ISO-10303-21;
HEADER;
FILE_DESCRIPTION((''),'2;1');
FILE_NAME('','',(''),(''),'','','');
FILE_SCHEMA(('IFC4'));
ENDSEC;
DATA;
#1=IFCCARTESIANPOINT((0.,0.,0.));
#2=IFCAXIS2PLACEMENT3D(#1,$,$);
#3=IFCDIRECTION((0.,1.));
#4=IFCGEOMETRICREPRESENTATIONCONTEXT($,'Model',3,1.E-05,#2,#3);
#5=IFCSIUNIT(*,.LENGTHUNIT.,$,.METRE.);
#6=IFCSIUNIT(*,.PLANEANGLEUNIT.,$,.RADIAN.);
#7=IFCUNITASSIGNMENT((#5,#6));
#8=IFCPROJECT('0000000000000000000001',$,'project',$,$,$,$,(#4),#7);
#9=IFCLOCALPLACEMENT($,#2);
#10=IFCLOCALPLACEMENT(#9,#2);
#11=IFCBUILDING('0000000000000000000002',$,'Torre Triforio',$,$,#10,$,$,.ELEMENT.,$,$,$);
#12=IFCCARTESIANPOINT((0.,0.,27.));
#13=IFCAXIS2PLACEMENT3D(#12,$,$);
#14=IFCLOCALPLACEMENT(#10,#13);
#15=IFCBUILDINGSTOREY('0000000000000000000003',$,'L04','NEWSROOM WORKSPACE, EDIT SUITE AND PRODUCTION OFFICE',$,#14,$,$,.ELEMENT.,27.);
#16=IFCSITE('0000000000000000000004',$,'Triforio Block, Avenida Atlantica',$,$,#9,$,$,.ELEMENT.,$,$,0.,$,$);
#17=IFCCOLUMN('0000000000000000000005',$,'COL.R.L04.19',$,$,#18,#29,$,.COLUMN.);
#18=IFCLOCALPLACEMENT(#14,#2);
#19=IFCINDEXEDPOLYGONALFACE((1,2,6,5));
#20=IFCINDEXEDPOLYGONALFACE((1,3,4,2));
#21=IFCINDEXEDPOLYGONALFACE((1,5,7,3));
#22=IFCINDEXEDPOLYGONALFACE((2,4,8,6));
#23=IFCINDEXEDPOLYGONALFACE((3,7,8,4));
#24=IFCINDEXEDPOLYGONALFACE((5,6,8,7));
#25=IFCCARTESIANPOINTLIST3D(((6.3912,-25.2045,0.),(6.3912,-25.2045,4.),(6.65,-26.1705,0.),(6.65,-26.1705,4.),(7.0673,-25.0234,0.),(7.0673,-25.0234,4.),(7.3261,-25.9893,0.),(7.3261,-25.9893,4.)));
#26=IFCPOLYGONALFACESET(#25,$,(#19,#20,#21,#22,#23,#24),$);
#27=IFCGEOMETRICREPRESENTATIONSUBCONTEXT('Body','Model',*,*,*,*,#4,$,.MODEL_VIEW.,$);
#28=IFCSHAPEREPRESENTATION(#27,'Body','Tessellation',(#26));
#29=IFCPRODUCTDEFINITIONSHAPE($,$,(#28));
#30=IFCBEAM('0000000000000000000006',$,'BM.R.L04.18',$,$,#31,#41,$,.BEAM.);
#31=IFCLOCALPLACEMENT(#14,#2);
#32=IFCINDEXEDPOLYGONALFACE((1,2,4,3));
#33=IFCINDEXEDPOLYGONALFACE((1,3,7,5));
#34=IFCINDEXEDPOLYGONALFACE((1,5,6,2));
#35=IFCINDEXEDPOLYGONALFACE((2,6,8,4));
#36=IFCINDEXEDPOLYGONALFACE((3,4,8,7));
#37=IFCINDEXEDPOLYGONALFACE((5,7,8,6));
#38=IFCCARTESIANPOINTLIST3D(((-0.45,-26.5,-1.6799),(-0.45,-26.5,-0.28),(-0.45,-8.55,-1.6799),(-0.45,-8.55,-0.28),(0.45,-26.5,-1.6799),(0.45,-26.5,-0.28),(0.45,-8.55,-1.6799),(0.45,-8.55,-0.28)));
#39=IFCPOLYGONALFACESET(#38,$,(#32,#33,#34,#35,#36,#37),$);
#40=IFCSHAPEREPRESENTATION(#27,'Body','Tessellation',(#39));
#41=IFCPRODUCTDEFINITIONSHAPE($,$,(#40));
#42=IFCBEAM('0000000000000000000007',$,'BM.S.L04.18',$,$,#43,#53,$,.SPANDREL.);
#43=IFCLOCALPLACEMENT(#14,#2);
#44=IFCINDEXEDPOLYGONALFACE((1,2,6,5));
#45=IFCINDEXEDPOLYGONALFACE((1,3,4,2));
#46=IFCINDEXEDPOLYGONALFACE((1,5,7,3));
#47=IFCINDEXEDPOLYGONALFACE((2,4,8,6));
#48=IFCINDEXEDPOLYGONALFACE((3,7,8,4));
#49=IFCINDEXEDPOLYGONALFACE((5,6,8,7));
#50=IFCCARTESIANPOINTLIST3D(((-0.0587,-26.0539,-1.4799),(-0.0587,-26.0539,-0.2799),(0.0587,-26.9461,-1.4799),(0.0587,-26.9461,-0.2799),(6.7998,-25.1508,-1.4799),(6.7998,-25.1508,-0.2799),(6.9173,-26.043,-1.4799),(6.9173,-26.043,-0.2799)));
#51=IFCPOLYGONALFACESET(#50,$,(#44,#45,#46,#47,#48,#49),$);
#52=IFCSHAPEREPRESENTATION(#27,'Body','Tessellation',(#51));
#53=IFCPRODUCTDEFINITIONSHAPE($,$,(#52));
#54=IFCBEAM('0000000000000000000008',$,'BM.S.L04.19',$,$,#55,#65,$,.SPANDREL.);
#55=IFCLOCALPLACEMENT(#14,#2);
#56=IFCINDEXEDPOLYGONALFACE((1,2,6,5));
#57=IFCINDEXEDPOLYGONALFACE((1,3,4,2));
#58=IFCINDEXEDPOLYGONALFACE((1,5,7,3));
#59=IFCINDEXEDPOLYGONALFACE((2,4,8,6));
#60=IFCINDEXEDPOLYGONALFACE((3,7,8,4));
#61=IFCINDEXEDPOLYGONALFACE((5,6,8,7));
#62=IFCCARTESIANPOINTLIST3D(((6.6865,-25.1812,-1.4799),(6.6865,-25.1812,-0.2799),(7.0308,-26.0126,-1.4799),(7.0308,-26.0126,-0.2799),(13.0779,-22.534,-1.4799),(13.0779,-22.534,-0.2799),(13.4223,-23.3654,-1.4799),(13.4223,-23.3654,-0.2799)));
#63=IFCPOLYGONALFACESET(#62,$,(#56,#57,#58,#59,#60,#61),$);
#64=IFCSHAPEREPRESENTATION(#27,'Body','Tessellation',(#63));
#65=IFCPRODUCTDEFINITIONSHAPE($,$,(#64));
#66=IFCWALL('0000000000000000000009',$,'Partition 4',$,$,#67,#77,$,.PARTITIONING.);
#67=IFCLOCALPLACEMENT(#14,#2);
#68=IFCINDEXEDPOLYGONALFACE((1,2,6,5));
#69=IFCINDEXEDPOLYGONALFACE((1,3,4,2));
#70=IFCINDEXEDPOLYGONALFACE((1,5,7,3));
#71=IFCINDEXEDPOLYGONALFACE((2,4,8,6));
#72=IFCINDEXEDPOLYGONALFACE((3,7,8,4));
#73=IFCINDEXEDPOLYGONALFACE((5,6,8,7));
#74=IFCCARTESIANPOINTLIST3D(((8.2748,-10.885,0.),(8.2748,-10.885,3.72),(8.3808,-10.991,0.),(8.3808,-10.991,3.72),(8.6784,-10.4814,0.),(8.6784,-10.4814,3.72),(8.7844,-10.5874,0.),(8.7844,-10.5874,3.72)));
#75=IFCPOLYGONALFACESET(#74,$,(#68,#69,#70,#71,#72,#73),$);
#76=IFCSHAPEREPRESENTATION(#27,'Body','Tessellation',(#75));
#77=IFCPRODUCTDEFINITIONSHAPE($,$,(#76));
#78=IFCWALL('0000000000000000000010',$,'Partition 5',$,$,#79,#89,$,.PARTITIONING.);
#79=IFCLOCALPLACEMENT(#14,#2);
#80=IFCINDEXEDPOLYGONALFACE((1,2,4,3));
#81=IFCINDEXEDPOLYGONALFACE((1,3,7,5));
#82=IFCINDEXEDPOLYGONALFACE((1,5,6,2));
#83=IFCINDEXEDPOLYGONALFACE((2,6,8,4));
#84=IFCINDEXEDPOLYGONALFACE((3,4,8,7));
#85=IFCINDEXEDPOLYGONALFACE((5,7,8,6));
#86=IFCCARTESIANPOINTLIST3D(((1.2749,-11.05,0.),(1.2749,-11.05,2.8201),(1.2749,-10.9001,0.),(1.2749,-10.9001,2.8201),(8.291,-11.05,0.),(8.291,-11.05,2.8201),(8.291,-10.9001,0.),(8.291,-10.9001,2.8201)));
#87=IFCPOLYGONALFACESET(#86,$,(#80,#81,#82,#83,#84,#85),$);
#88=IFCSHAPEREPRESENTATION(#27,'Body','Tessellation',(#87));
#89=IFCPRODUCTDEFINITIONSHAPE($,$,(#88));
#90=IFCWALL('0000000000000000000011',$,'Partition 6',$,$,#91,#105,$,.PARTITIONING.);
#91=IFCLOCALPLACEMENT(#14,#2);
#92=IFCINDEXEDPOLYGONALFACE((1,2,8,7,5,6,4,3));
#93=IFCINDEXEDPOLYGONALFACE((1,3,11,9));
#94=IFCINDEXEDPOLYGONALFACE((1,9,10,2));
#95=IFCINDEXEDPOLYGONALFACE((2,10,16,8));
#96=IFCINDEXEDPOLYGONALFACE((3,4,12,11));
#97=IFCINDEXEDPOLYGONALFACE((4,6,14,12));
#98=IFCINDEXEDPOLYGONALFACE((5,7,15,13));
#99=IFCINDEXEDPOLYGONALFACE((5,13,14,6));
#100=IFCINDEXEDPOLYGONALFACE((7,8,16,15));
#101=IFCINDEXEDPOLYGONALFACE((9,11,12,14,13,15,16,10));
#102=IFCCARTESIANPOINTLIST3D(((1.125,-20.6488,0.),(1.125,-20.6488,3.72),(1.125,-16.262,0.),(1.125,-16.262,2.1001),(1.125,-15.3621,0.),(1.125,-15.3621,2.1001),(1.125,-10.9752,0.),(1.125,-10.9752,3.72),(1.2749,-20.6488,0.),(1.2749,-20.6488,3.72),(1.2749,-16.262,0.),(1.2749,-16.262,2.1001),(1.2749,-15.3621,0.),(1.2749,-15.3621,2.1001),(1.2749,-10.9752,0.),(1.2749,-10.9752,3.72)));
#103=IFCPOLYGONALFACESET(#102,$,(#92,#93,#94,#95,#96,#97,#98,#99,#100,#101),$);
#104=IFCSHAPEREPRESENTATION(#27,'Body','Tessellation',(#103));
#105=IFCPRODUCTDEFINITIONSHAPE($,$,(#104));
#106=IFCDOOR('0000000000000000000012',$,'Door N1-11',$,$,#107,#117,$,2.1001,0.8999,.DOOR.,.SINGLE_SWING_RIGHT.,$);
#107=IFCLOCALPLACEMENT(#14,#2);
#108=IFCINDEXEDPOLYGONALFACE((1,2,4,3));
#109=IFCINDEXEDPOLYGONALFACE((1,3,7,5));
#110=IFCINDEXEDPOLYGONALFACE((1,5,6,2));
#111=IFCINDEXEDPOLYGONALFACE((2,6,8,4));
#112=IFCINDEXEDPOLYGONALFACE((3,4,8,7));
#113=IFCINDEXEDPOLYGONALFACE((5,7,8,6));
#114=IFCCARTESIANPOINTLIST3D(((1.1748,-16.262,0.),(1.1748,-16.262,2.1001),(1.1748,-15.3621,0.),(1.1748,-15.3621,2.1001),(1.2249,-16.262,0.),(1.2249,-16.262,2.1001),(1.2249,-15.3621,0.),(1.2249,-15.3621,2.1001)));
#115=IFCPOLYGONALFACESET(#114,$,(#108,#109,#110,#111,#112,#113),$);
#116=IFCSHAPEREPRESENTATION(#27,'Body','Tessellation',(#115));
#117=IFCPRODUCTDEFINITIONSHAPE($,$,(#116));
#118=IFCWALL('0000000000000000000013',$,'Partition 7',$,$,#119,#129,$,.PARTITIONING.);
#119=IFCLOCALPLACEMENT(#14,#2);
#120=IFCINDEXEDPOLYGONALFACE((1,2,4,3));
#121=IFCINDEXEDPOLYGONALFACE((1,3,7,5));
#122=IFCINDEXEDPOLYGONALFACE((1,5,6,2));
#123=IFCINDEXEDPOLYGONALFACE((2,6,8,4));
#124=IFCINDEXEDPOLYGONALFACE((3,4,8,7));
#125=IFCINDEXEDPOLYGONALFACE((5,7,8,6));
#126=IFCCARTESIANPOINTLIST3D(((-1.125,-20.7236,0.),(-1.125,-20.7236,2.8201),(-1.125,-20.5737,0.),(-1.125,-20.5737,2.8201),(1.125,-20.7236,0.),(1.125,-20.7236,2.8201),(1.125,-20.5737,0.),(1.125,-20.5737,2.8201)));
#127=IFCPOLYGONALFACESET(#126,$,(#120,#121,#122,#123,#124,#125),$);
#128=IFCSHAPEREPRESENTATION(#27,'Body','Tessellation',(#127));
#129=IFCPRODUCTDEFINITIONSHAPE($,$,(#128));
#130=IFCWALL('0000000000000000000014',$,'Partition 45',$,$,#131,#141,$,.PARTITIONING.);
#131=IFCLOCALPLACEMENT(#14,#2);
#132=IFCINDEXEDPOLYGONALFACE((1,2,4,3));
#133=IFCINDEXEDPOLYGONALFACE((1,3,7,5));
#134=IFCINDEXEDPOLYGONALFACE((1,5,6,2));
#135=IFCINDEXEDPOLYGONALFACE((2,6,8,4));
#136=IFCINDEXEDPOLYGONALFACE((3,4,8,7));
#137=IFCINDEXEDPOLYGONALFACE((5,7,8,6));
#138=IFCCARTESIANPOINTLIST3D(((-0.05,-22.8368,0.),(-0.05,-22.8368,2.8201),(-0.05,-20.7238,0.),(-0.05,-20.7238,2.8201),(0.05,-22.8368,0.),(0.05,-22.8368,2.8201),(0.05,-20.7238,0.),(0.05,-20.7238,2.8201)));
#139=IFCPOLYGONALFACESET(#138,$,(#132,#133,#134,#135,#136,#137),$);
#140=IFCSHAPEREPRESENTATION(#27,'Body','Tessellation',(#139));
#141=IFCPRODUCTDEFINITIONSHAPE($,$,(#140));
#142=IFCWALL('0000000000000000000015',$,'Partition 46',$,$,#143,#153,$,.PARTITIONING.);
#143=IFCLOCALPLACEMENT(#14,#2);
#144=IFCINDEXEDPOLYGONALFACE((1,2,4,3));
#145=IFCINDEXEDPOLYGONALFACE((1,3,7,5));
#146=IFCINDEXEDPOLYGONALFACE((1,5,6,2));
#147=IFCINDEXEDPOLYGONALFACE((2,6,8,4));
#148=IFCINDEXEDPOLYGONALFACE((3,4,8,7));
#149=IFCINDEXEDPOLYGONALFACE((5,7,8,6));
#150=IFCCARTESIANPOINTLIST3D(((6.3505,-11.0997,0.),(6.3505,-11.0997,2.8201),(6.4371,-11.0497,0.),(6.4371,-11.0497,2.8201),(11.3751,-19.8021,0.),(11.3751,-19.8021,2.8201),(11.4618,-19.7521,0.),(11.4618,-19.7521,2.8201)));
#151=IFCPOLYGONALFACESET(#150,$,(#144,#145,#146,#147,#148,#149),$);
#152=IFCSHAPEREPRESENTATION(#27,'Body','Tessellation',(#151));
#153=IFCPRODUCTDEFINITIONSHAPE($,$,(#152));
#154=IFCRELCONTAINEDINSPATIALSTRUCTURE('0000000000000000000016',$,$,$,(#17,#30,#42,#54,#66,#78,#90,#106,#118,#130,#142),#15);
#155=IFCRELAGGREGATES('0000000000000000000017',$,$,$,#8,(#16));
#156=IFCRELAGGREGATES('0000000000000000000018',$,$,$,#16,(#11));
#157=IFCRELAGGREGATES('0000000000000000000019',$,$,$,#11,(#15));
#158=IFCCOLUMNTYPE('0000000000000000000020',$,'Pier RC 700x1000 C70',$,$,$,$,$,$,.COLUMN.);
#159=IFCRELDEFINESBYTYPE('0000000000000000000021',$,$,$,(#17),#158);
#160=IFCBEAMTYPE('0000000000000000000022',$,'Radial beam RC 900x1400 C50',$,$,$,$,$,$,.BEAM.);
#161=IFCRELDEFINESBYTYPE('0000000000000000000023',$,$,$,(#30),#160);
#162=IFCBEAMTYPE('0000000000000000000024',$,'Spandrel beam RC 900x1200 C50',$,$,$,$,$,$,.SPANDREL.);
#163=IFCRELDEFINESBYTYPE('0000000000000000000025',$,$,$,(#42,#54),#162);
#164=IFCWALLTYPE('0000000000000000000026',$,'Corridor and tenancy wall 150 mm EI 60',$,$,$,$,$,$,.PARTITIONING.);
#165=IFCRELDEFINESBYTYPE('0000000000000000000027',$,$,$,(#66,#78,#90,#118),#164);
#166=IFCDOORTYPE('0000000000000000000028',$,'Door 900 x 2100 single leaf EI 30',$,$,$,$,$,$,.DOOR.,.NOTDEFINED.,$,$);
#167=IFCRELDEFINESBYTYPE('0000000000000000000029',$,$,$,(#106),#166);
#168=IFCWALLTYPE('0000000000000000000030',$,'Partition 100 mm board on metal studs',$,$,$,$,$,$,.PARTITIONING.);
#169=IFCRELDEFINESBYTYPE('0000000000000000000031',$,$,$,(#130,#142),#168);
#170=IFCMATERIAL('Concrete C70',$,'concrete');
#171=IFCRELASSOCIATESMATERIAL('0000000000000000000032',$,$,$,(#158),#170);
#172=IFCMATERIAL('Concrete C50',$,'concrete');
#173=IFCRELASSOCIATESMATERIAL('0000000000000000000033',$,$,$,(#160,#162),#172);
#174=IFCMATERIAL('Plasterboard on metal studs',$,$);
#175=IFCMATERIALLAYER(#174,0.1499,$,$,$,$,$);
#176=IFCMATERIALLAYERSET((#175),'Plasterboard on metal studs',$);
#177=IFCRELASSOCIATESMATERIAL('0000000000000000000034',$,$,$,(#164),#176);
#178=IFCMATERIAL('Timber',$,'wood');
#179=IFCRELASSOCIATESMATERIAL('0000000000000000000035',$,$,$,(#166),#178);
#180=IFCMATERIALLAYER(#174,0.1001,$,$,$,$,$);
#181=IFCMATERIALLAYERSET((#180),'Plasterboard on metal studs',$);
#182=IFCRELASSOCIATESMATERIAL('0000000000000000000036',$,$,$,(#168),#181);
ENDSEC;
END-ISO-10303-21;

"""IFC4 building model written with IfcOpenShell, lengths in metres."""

from ifc_helpers import new_model, si_unit, direction, frame, frame_2d, origin, origin_2d, place, context, subcontext, project, spatial, rectangle, extrude, material, layer, layer_set, material_profile, profile_set, type_object, element, fill, save


model = new_model("IFC4")

# Units and contexts
model_context = context("Model", 3, precision=1e-05, world=origin(), true_north=direction((0.0, 1.0)))
body_context = subcontext(model_context, "Body", "Model", "MODEL_VIEW")
ifc_project = project(units=[si_unit("LENGTHUNIT", "METRE"), si_unit("PLANEANGLEUNIT", "RADIAN")], contexts=[model_context])

# Site, building, storey
site_placement = place(None, origin())
site = spatial("IfcSite", under=ifc_project, at=site_placement, Name="Triforio Block, Avenida Atlantica", CompositionType="ELEMENT", RefElevation=0.0)
building_placement = place(site_placement, origin())
building = spatial("IfcBuilding", under=site, at=building_placement, Name="Torre Triforio", CompositionType="ELEMENT")
storey_placement = place(building_placement, frame((0.0, 0.0, 27.0)))
storey = spatial("IfcBuildingStorey", under=building, at=storey_placement, Name="L04", Description="NEWSROOM WORKSPACE, EDIT SUITE AND PRODUCTION OFFICE", CompositionType="ELEMENT", Elevation=27.0)

# Column
ifc_material_1 = material(Name="Concrete C70", Category="concrete")
ifc_material_profile_1 = material_profile(ifc_material_1, rectangle(XDim=0.7, YDim=1.0, at=origin_2d()), Name="RC 700x1000")
ifc_profile_set_1 = profile_set([ifc_material_profile_1], Name="Concrete C70")
column_type = type_object("IfcColumnType", Name="Pier RC 700x1000 C70", PredefinedType="COLUMN", material=ifc_profile_set_1)
column_placement = place(storey_placement, frame((6.8586, -25.5969, 0.0), z_axis=(0.0, 0.0, 1.0), x_axis=(0.965926, 0.258819, 0.0)))
element("IfcColumn", 1, at=column_placement, inside=storey, type_object=column_type, Name="COL.R.L04.19", PredefinedType="COLUMN", context=body_context, shape_type="SweptSolid", body=[
    extrude(rectangle(XDim=0.7, YDim=1.0, at=origin_2d()), origin(), (0.0, 0.0, 1.0), 4.0),
])

# Beams
ifc_material_2 = material(Name="Concrete C50", Category="concrete")
ifc_material_profile_2 = material_profile(ifc_material_2, rectangle(XDim=0.8999, YDim=1.3999, at=origin_2d()), Name="RC 900x1400")
ifc_profile_set_2 = profile_set([ifc_material_profile_2], Name="Concrete C50")
beam_type_1 = type_object("IfcBeamType", Name="Radial beam RC 900x1400 C50", PredefinedType="BEAM", material=ifc_profile_set_2)
beam_1_placement = place(storey_placement, frame((0.0, -8.55, -0.98), z_axis=(0.0, -1.0, 0.0), x_axis=(1.0, 0.0, 0.0)))
element("IfcBeam", 2, at=beam_1_placement, inside=storey, type_object=beam_type_1, Name="BM.R.L04.18", PredefinedType="BEAM", context=body_context, shape_type="SweptSolid", body=[
    extrude(rectangle(XDim=0.8999, YDim=1.3999, at=origin_2d()), origin(), (0.0, 0.0, 1.0), 17.95),
])
ifc_material_profile_3 = material_profile(ifc_material_2, rectangle(XDim=0.8999, YDim=1.2, at=origin_2d()), Name="RC 900x1200")
ifc_profile_set_3 = profile_set([ifc_material_profile_3], Name="Concrete C50")
beam_type_2 = type_object("IfcBeamType", Name="Spandrel beam RC 900x1200 C50", PredefinedType="SPANDREL", material=ifc_profile_set_3)
beam_2_placement = place(storey_placement, frame((0.0, -26.5, -0.8799), z_axis=(0.991443, 0.130543, 0.0), x_axis=(-0.130543, 0.991443, 0.0)))
element("IfcBeam", 3, at=beam_2_placement, inside=storey, type_object=beam_type_2, Name="BM.S.L04.18", PredefinedType="SPANDREL", context=body_context, shape_type="SweptSolid", body=[
    extrude(rectangle(XDim=0.8999, YDim=1.2, at=origin_2d()), origin(), (0.0, 0.0, 1.0), 6.9177),
])
beam_3_placement = place(storey_placement, frame((6.8586, -25.5969, -0.8799), z_axis=(0.923888, 0.382662, 0.0), x_axis=(-0.382662, 0.923888, 0.0)))
element("IfcBeam", 4, at=beam_3_placement, inside=storey, type_object=beam_type_2, Name="BM.S.L04.19", PredefinedType="SPANDREL", context=body_context, shape_type="SweptSolid", body=[
    extrude(rectangle(XDim=0.8999, YDim=1.2, at=origin_2d()), origin(), (0.0, 0.0, 1.0), 6.918),
])

# Walls
ifc_material_3 = material(Name="Plasterboard on metal studs")
ifc_layer_1 = layer(ifc_material_3, 0.1499)
ifc_layer_set_1 = layer_set([ifc_layer_1], Name="Plasterboard on metal studs")
wall_type_1 = type_object("IfcWallType", Name="Corridor and tenancy wall 150 mm EI 60", PredefinedType="PARTITIONING", material=ifc_layer_set_1)
wall_1_placement = place(storey_placement, frame((8.7314, -10.5344, 0.0), z_axis=(0.0, 0.0, 1.0), x_axis=(-0.707107, -0.707107, 0.0)))
element("IfcWall", 5, at=wall_1_placement, inside=storey, type_object=wall_type_1, Name="Partition 4", PredefinedType="PARTITIONING", context=body_context, shape_type="SweptSolid", body=[
    extrude(rectangle(XDim=0.5708, YDim=0.1499, at=frame_2d((0.2854, 0.0))), origin(), (0.0, 0.0, 1.0), 3.72),
])
wall_2_placement = place(storey_placement, frame((8.291, -10.9751, 0.0), z_axis=(0.0, 0.0, 1.0), x_axis=(-1.0, 0.0, 0.0)))
element("IfcWall", 6, at=wall_2_placement, inside=storey, type_object=wall_type_1, Name="Partition 5", PredefinedType="PARTITIONING", context=body_context, shape_type="SweptSolid", body=[
    extrude(rectangle(XDim=7.0161, YDim=0.1499, at=frame_2d((3.5081, 0.0))), origin(), (0.0, 0.0, 1.0), 2.8201),
])

# Wall, opening, door
wall_3_placement = place(storey_placement, frame((1.2, -10.9751, 0.0), z_axis=(0.0, 0.0, 1.0), x_axis=(0.0, -1.0, 0.0)))
wall_3 = element("IfcWall", 7, at=wall_3_placement, inside=storey, type_object=wall_type_1, Name="Partition 6", PredefinedType="PARTITIONING", context=body_context, shape_type="SweptSolid", body=[
    extrude(rectangle(XDim=9.6736, YDim=0.1499, at=frame_2d((4.8369, 0.0))), origin(), (0.0, 0.0, 1.0), 3.72),
])
opening_1_placement = place(wall_3_placement, frame((4.387, 0.0, 0.0)))
opening_1 = element("IfcOpeningElement", 8, at=opening_1_placement, cuts=wall_3, PredefinedType="OPENING", context=body_context, shape_type="SweptSolid", body=[
    extrude(rectangle(XDim=0.8999, YDim=2.1001, at=frame_2d((0.45, 1.05))), frame((0.0, 0.085, 0.0), z_axis=(0.0, -1.0, 0.0), x_axis=(1.0, 0.0, 0.0)), (0.0, 0.0, 1.0), 0.1699),
])
ifc_material_4 = material(Name="Timber", Category="wood")
door_type_1 = type_object("IfcDoorType", Name="Door 900 x 2100 single leaf EI 30", OperationType="NOTDEFINED", PredefinedType="DOOR", material=ifc_material_4)
door_1_placement = place(opening_1_placement, origin())
door_1 = element("IfcDoor", 9, at=door_1_placement, inside=storey, type_object=door_type_1, Name="Door N1-11", OperationType="SINGLE_SWING_RIGHT", OverallHeight=2.1001, OverallWidth=0.8999, PredefinedType="DOOR", context=body_context, shape_type="SweptSolid", body=[
    extrude(rectangle(XDim=0.8999, YDim=2.1001, at=frame_2d((0.45, 1.05))), frame((0.0, 0.0249, 0.0), z_axis=(0.0, -1.0, 0.0), x_axis=(1.0, 0.0, 0.0)), (0.0, 0.0, 1.0), 0.05),
])
fill(opening_1, door_1)

# Walls
wall_4_placement = place(storey_placement, frame((1.125, -20.6487, 0.0), z_axis=(0.0, 0.0, 1.0), x_axis=(-1.0, 0.0, 0.0)))
element("IfcWall", 10, at=wall_4_placement, inside=storey, type_object=wall_type_1, Name="Partition 7", PredefinedType="PARTITIONING", context=body_context, shape_type="SweptSolid", body=[
    extrude(rectangle(XDim=2.25, YDim=0.1499, at=frame_2d((1.125, 0.0))), origin(), (0.0, 0.0, 1.0), 2.8201),
])
ifc_layer_2 = layer(ifc_material_3, 0.1001)
ifc_layer_set_2 = layer_set([ifc_layer_2], Name="Plasterboard on metal studs")
wall_type_2 = type_object("IfcWallType", Name="Partition 100 mm board on metal studs", PredefinedType="PARTITIONING", material=ifc_layer_set_2)
wall_5_placement = place(storey_placement, frame((0.0, -20.7236, 0.0), z_axis=(0.0, 0.0, 1.0), x_axis=(0.0, -1.0, 0.0)))
element("IfcWall", 11, at=wall_5_placement, inside=storey, type_object=wall_type_2, Name="Partition 45", PredefinedType="PARTITIONING", context=body_context, shape_type="SweptSolid", body=[
    extrude(rectangle(XDim=2.113, YDim=0.1001, at=frame_2d((1.0566, 0.0))), origin(), (0.0, 0.0, 1.0), 2.8201),
])
wall_6_placement = place(storey_placement, frame((6.3938, -11.0747, 0.0), z_axis=(0.0, 0.0, 1.0), x_axis=(0.500025, -0.866011, 0.0)))
element("IfcWall", 12, at=wall_6_placement, inside=storey, type_object=wall_type_2, Name="Partition 46", PredefinedType="PARTITIONING", context=body_context, shape_type="SweptSolid", body=[
    extrude(rectangle(XDim=10.0488, YDim=0.1001, at=frame_2d((5.0244, 0.0))), origin(), (0.0, 0.0, 1.0), 2.8201),
])

save(model, "model.ifc")
